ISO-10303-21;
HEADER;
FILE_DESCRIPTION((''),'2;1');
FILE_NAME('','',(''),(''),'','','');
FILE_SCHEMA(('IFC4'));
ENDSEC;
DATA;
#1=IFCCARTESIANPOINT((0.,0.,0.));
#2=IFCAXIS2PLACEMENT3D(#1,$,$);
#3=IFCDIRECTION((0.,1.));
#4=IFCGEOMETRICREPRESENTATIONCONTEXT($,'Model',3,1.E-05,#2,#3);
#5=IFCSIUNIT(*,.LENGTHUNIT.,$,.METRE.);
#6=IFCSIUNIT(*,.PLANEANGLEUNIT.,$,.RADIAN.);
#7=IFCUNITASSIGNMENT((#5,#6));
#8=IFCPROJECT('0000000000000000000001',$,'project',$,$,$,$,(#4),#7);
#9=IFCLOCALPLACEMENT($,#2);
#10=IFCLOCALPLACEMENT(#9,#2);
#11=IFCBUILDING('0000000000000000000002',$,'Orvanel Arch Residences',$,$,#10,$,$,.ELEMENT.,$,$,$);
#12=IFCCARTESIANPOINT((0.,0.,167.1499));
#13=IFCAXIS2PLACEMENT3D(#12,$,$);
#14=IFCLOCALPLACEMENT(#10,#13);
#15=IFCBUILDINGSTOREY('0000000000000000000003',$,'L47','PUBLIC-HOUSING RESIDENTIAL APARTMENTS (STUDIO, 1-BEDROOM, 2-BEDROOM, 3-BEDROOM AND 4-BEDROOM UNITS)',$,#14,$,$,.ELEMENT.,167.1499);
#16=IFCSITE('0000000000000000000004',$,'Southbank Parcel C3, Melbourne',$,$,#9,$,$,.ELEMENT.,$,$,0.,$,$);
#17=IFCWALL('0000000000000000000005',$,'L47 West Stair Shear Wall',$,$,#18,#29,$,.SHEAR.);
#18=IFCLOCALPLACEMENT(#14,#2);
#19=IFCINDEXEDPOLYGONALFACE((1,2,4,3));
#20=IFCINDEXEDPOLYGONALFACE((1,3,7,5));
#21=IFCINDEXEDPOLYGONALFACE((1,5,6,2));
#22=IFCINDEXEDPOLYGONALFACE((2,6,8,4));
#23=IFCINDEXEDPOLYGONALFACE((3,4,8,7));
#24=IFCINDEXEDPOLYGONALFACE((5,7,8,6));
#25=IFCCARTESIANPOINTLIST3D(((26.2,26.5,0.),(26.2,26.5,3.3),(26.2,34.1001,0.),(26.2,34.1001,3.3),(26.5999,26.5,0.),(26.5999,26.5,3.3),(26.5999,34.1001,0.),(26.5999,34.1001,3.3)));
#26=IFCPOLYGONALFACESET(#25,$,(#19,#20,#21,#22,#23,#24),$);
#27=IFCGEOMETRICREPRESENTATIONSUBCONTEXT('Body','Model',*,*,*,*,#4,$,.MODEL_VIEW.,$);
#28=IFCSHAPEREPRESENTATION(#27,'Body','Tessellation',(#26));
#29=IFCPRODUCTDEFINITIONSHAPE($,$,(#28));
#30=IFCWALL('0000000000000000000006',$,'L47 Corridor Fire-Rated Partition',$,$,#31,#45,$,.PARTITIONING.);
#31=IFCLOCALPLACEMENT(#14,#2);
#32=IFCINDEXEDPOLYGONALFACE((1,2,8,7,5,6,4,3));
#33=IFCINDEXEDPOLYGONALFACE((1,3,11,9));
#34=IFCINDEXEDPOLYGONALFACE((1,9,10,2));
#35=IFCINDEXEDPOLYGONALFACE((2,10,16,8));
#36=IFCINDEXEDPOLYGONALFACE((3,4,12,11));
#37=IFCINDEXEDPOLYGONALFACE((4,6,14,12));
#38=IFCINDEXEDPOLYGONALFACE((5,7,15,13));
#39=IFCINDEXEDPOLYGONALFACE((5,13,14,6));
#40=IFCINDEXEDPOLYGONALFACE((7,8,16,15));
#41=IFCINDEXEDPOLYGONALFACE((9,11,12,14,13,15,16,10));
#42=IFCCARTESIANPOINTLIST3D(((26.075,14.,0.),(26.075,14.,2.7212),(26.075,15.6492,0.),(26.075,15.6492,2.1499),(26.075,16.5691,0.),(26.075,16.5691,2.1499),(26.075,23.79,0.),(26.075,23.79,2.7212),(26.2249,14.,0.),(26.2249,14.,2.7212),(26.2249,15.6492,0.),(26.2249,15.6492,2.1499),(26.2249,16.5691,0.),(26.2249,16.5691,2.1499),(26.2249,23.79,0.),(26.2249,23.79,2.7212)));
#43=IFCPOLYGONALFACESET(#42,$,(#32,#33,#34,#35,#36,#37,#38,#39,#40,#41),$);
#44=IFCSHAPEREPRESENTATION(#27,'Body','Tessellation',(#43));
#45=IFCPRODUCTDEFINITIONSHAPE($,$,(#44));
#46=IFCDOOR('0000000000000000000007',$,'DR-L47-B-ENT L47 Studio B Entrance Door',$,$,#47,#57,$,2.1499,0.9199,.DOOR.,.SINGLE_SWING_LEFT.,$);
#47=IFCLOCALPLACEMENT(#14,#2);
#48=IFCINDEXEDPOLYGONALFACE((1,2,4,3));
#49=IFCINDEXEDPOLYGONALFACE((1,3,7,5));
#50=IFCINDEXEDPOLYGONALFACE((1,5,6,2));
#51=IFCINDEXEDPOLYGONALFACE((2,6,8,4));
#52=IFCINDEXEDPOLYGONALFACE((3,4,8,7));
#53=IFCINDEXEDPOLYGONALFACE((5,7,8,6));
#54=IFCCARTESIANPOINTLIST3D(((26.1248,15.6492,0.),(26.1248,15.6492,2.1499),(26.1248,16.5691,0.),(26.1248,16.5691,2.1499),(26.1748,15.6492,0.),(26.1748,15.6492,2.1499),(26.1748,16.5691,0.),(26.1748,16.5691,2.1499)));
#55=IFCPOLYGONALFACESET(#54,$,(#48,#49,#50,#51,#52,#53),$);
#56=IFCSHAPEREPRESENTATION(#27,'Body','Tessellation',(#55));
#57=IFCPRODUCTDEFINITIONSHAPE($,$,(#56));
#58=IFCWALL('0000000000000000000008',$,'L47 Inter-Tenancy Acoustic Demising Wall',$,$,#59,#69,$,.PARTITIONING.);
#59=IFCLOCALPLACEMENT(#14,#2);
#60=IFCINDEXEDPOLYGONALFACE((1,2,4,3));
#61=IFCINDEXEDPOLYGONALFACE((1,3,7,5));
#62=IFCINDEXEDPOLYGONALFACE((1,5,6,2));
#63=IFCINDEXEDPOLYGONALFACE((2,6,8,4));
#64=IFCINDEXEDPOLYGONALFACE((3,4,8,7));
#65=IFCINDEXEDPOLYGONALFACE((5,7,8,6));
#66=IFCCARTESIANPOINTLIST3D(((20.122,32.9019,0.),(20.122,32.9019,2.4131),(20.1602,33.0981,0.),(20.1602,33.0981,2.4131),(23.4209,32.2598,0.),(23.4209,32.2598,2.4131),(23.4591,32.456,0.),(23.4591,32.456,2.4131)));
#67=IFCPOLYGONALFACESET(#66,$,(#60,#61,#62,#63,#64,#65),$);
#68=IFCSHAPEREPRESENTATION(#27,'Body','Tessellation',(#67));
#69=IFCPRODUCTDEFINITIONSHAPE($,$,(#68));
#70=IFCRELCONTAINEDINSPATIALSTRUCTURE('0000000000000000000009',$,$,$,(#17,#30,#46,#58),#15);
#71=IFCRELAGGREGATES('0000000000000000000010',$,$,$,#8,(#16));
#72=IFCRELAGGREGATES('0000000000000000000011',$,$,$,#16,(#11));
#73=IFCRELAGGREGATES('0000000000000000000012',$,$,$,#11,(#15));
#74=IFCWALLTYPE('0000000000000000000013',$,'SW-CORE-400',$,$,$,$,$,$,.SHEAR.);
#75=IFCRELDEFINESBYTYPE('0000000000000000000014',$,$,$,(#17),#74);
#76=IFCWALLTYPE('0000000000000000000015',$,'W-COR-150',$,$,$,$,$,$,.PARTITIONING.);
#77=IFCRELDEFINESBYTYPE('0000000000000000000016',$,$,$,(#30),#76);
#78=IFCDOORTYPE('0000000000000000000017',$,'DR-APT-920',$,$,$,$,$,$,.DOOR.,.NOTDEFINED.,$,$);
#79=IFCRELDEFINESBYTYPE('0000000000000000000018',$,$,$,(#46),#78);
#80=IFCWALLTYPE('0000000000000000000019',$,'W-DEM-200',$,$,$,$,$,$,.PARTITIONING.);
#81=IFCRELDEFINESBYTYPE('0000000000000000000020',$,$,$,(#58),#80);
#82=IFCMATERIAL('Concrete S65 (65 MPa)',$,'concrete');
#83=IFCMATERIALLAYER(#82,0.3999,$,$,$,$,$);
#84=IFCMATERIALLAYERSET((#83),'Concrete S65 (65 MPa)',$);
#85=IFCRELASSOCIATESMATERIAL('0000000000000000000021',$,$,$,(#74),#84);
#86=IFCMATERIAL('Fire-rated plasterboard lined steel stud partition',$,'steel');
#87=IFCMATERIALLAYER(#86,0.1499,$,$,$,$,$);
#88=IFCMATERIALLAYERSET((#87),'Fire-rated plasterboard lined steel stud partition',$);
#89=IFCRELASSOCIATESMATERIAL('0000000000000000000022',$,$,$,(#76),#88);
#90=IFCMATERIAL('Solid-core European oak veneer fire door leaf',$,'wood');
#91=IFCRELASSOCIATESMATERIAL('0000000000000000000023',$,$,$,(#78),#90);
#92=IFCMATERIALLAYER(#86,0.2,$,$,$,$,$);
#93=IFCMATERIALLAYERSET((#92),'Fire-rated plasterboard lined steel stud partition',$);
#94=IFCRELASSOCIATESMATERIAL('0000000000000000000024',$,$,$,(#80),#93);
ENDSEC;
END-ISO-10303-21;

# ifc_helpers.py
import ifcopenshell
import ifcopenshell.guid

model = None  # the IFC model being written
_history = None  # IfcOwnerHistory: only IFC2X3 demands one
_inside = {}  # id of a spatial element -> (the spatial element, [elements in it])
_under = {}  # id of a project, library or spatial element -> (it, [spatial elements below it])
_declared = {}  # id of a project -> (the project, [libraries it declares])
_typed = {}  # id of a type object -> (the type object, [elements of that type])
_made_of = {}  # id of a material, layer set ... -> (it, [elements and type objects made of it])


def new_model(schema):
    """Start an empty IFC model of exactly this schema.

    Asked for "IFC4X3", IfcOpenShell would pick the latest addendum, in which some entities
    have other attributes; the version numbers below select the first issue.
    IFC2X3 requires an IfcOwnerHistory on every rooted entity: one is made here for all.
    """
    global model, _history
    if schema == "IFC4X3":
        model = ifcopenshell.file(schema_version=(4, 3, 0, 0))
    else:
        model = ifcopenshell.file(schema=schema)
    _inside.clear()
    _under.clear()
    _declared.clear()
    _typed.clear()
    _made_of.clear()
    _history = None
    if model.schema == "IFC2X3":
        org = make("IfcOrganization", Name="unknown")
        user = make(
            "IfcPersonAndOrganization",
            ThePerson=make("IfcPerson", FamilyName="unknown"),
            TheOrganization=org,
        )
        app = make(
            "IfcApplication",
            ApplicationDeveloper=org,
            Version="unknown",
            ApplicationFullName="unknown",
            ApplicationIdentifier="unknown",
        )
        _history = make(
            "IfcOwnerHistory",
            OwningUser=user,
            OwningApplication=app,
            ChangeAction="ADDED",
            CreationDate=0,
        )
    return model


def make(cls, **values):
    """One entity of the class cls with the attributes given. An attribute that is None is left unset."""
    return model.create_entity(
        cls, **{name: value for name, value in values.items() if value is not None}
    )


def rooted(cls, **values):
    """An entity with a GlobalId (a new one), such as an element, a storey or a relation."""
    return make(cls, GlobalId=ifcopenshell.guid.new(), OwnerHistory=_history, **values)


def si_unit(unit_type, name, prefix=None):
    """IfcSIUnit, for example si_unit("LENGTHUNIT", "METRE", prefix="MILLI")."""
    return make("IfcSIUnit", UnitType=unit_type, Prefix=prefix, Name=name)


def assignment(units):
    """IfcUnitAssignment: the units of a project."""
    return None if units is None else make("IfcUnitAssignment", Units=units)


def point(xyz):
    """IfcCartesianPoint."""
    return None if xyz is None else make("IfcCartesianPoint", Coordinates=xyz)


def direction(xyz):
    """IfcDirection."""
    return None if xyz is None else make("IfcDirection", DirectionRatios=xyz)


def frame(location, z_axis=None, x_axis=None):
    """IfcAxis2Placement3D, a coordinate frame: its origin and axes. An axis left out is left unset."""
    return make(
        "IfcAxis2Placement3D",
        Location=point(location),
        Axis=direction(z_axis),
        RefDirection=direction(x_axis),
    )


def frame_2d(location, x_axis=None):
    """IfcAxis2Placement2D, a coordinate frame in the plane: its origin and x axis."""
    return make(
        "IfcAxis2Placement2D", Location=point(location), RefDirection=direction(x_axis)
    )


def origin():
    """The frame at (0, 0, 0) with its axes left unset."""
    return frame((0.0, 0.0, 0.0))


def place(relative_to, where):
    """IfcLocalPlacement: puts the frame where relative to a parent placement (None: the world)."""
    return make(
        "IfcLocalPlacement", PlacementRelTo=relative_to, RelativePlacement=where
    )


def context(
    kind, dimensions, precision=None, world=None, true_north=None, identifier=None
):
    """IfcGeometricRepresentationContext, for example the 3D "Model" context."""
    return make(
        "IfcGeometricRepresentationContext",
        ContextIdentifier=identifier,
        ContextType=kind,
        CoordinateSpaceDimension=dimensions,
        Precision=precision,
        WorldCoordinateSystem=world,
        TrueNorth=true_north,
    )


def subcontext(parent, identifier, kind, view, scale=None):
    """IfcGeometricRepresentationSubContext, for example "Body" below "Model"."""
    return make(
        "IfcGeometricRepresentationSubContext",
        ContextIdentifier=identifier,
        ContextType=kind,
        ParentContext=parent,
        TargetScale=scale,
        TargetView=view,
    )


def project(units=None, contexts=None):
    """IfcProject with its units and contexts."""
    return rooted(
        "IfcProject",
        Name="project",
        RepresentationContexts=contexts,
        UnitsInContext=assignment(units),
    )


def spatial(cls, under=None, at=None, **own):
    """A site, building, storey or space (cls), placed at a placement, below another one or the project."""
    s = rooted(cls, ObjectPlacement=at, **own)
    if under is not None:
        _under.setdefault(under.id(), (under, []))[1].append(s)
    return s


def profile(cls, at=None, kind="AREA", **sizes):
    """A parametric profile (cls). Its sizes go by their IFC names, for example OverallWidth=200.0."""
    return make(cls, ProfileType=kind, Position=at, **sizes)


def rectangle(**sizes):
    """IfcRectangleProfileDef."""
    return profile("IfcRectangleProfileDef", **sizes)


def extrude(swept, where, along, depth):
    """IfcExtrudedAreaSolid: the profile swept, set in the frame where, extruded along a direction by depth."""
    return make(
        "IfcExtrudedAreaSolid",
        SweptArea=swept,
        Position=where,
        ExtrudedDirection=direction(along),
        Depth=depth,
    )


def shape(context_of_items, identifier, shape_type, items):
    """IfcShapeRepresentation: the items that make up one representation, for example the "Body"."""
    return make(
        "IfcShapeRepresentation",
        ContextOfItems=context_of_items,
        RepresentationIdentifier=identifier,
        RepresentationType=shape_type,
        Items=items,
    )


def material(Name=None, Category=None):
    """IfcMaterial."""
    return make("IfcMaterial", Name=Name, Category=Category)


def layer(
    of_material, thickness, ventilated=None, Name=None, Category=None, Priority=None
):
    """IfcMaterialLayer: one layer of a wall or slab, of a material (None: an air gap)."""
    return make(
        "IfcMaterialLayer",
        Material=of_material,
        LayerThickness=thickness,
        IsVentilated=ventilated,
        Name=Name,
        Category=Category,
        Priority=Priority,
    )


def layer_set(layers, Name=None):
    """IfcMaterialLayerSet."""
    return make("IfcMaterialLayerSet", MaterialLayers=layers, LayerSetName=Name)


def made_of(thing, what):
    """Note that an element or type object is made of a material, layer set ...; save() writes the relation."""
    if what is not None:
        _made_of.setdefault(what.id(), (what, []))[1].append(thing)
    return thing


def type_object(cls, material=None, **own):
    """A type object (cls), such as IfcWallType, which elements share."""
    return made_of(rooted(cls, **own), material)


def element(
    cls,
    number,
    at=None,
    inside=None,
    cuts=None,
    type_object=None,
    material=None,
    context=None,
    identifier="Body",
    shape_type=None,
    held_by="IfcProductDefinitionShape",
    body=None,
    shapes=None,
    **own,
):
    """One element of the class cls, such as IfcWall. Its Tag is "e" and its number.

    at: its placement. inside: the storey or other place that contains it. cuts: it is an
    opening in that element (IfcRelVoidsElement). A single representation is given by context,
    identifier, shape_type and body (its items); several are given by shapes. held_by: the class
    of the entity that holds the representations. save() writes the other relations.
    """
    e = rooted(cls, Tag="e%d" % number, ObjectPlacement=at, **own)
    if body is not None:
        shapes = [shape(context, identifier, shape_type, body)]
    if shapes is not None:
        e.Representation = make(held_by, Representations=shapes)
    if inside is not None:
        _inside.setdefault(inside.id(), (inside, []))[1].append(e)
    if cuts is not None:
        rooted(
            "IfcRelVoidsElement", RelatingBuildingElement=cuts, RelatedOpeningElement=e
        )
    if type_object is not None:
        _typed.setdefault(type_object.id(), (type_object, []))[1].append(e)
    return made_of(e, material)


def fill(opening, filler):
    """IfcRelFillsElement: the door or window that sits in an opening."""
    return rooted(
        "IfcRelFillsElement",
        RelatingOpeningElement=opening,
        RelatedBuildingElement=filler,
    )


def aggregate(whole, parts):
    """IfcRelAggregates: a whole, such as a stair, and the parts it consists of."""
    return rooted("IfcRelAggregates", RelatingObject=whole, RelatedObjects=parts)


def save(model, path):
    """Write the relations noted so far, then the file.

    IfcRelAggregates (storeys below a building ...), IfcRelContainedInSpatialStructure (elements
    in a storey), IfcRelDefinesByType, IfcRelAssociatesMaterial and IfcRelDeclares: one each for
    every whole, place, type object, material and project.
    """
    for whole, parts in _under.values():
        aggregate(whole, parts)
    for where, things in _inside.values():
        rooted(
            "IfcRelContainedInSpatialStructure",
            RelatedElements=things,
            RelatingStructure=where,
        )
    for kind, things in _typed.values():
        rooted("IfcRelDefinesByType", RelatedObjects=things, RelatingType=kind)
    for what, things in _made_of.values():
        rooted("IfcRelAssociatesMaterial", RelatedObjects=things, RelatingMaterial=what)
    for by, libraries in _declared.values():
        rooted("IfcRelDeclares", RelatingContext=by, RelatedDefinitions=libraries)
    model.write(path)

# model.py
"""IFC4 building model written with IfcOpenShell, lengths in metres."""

from ifc_helpers import new_model, si_unit, direction, frame, frame_2d, origin, place, context, subcontext, project, spatial, rectangle, extrude, material, layer, layer_set, type_object, element, fill, save


model = new_model("IFC4")

# Units and contexts
model_context = context("Model", 3, precision=1e-05, world=origin(), true_north=direction((0.0, 1.0)))
body_context = subcontext(model_context, "Body", "Model", "MODEL_VIEW")
ifc_project = project(units=[si_unit("LENGTHUNIT", "METRE"), si_unit("PLANEANGLEUNIT", "RADIAN")], contexts=[model_context])

# Site, building, storey
site_placement = place(None, origin())
site = spatial("IfcSite", under=ifc_project, at=site_placement, Name="Southbank Parcel C3, Melbourne", CompositionType="ELEMENT", RefElevation=0.0)
building_placement = place(site_placement, origin())
building = spatial("IfcBuilding", under=site, at=building_placement, Name="Orvanel Arch Residences", CompositionType="ELEMENT")
storey_placement = place(building_placement, frame((0.0, 0.0, 167.1499)))
storey = spatial("IfcBuildingStorey", under=building, at=storey_placement, Name="L47", Description="PUBLIC-HOUSING RESIDENTIAL APARTMENTS (STUDIO, 1-BEDROOM, 2-BEDROOM, 3-BEDROOM AND 4-BEDROOM UNITS)", CompositionType="ELEMENT", Elevation=167.1499)

# Shared definitions
ifc_material_1 = material(Name="Concrete S65 (65 MPa)", Category="concrete")
ifc_layer_1 = layer(ifc_material_1, 0.3999)
ifc_layer_set_1 = layer_set([ifc_layer_1], Name="Concrete S65 (65 MPa)")
wall_type_1 = type_object("IfcWallType", Name="SW-CORE-400", PredefinedType="SHEAR", material=ifc_layer_set_1)

# Wall
wall_1_placement = place(storey_placement, frame((26.3999, 26.5, 0.0), z_axis=(0.0, 0.0, 1.0), x_axis=(0.0, 1.0, 0.0)))
element("IfcWall", 1, at=wall_1_placement, inside=storey, type_object=wall_type_1, Name="L47 West Stair Shear Wall", PredefinedType="SHEAR", context=body_context, shape_type="SweptSolid", body=[
    extrude(rectangle(XDim=7.6001, YDim=0.3999, at=frame_2d((3.8, 0.0))), origin(), (0.0, 0.0, 1.0), 3.3),
])

# Wall, opening, door
ifc_material_2 = material(Name="Fire-rated plasterboard lined steel stud partition", Category="steel")
ifc_layer_2 = layer(ifc_material_2, 0.1499)
ifc_layer_set_2 = layer_set([ifc_layer_2], Name="Fire-rated plasterboard lined steel stud partition")
wall_type_2 = type_object("IfcWallType", Name="W-COR-150", PredefinedType="PARTITIONING", material=ifc_layer_set_2)
wall_2_placement = place(storey_placement, frame((26.1499, 23.79, 0.0), z_axis=(0.0, 0.0, 1.0), x_axis=(0.0, -1.0, 0.0)))
wall_2 = element("IfcWall", 2, at=wall_2_placement, inside=storey, type_object=wall_type_2, Name="L47 Corridor Fire-Rated Partition", PredefinedType="PARTITIONING", context=body_context, shape_type="SweptSolid", body=[
    extrude(rectangle(XDim=9.79, YDim=0.1499, at=frame_2d((4.895, 0.0))), origin(), (0.0, 0.0, 1.0), 2.7212),
])
opening_1_placement = place(wall_2_placement, frame((7.2209, 0.0, 0.0)))
opening_1 = element("IfcOpeningElement", 3, at=opening_1_placement, cuts=wall_2, PredefinedType="OPENING", context=body_context, shape_type="SweptSolid", body=[
    extrude(rectangle(XDim=0.9199, YDim=2.1499, at=frame_2d((0.46, 1.075))), frame((0.0, 0.085, 0.0), z_axis=(0.0, -1.0, 0.0), x_axis=(1.0, 0.0, 0.0)), (0.0, 0.0, 1.0), 0.1699),
])
ifc_material_3 = material(Name="Solid-core European oak veneer fire door leaf", Category="wood")
door_type_1 = type_object("IfcDoorType", Name="DR-APT-920", OperationType="NOTDEFINED", PredefinedType="DOOR", material=ifc_material_3)
door_1_placement = place(opening_1_placement, origin())
door_1 = element("IfcDoor", 4, at=door_1_placement, inside=storey, type_object=door_type_1, Name="DR-L47-B-ENT L47 Studio B Entrance Door", OperationType="SINGLE_SWING_LEFT", OverallHeight=2.1499, OverallWidth=0.9199, PredefinedType="DOOR", context=body_context, shape_type="SweptSolid", body=[
    extrude(rectangle(XDim=0.9199, YDim=2.1499, at=frame_2d((0.46, 1.075))), frame((0.0, 0.0249, 0.0), z_axis=(0.0, -1.0, 0.0), x_axis=(1.0, 0.0, 0.0)), (0.0, 0.0, 1.0), 0.05),
])
fill(opening_1, door_1)

# Wall
ifc_layer_3 = layer(ifc_material_2, 0.2)
ifc_layer_set_3 = layer_set([ifc_layer_3], Name="Fire-rated plasterboard lined steel stud partition")
wall_type_3 = type_object("IfcWallType", Name="W-DEM-200", PredefinedType="PARTITIONING", material=ifc_layer_set_3)
wall_3_placement = place(storey_placement, frame((20.1411, 33.0, 0.0), z_axis=(0.0, 0.0, 1.0), x_axis=(0.981579, -0.191056, 0.0)))
element("IfcWall", 5, at=wall_3_placement, inside=storey, type_object=wall_type_3, Name="L47 Inter-Tenancy Acoustic Demising Wall", PredefinedType="PARTITIONING", context=body_context, shape_type="SweptSolid", body=[
    extrude(rectangle(XDim=3.3608, YDim=0.2, at=frame_2d((1.6804, 0.0))), origin(), (0.0, 0.0, 1.0), 2.4131),
])

save(model, "model.ifc")
